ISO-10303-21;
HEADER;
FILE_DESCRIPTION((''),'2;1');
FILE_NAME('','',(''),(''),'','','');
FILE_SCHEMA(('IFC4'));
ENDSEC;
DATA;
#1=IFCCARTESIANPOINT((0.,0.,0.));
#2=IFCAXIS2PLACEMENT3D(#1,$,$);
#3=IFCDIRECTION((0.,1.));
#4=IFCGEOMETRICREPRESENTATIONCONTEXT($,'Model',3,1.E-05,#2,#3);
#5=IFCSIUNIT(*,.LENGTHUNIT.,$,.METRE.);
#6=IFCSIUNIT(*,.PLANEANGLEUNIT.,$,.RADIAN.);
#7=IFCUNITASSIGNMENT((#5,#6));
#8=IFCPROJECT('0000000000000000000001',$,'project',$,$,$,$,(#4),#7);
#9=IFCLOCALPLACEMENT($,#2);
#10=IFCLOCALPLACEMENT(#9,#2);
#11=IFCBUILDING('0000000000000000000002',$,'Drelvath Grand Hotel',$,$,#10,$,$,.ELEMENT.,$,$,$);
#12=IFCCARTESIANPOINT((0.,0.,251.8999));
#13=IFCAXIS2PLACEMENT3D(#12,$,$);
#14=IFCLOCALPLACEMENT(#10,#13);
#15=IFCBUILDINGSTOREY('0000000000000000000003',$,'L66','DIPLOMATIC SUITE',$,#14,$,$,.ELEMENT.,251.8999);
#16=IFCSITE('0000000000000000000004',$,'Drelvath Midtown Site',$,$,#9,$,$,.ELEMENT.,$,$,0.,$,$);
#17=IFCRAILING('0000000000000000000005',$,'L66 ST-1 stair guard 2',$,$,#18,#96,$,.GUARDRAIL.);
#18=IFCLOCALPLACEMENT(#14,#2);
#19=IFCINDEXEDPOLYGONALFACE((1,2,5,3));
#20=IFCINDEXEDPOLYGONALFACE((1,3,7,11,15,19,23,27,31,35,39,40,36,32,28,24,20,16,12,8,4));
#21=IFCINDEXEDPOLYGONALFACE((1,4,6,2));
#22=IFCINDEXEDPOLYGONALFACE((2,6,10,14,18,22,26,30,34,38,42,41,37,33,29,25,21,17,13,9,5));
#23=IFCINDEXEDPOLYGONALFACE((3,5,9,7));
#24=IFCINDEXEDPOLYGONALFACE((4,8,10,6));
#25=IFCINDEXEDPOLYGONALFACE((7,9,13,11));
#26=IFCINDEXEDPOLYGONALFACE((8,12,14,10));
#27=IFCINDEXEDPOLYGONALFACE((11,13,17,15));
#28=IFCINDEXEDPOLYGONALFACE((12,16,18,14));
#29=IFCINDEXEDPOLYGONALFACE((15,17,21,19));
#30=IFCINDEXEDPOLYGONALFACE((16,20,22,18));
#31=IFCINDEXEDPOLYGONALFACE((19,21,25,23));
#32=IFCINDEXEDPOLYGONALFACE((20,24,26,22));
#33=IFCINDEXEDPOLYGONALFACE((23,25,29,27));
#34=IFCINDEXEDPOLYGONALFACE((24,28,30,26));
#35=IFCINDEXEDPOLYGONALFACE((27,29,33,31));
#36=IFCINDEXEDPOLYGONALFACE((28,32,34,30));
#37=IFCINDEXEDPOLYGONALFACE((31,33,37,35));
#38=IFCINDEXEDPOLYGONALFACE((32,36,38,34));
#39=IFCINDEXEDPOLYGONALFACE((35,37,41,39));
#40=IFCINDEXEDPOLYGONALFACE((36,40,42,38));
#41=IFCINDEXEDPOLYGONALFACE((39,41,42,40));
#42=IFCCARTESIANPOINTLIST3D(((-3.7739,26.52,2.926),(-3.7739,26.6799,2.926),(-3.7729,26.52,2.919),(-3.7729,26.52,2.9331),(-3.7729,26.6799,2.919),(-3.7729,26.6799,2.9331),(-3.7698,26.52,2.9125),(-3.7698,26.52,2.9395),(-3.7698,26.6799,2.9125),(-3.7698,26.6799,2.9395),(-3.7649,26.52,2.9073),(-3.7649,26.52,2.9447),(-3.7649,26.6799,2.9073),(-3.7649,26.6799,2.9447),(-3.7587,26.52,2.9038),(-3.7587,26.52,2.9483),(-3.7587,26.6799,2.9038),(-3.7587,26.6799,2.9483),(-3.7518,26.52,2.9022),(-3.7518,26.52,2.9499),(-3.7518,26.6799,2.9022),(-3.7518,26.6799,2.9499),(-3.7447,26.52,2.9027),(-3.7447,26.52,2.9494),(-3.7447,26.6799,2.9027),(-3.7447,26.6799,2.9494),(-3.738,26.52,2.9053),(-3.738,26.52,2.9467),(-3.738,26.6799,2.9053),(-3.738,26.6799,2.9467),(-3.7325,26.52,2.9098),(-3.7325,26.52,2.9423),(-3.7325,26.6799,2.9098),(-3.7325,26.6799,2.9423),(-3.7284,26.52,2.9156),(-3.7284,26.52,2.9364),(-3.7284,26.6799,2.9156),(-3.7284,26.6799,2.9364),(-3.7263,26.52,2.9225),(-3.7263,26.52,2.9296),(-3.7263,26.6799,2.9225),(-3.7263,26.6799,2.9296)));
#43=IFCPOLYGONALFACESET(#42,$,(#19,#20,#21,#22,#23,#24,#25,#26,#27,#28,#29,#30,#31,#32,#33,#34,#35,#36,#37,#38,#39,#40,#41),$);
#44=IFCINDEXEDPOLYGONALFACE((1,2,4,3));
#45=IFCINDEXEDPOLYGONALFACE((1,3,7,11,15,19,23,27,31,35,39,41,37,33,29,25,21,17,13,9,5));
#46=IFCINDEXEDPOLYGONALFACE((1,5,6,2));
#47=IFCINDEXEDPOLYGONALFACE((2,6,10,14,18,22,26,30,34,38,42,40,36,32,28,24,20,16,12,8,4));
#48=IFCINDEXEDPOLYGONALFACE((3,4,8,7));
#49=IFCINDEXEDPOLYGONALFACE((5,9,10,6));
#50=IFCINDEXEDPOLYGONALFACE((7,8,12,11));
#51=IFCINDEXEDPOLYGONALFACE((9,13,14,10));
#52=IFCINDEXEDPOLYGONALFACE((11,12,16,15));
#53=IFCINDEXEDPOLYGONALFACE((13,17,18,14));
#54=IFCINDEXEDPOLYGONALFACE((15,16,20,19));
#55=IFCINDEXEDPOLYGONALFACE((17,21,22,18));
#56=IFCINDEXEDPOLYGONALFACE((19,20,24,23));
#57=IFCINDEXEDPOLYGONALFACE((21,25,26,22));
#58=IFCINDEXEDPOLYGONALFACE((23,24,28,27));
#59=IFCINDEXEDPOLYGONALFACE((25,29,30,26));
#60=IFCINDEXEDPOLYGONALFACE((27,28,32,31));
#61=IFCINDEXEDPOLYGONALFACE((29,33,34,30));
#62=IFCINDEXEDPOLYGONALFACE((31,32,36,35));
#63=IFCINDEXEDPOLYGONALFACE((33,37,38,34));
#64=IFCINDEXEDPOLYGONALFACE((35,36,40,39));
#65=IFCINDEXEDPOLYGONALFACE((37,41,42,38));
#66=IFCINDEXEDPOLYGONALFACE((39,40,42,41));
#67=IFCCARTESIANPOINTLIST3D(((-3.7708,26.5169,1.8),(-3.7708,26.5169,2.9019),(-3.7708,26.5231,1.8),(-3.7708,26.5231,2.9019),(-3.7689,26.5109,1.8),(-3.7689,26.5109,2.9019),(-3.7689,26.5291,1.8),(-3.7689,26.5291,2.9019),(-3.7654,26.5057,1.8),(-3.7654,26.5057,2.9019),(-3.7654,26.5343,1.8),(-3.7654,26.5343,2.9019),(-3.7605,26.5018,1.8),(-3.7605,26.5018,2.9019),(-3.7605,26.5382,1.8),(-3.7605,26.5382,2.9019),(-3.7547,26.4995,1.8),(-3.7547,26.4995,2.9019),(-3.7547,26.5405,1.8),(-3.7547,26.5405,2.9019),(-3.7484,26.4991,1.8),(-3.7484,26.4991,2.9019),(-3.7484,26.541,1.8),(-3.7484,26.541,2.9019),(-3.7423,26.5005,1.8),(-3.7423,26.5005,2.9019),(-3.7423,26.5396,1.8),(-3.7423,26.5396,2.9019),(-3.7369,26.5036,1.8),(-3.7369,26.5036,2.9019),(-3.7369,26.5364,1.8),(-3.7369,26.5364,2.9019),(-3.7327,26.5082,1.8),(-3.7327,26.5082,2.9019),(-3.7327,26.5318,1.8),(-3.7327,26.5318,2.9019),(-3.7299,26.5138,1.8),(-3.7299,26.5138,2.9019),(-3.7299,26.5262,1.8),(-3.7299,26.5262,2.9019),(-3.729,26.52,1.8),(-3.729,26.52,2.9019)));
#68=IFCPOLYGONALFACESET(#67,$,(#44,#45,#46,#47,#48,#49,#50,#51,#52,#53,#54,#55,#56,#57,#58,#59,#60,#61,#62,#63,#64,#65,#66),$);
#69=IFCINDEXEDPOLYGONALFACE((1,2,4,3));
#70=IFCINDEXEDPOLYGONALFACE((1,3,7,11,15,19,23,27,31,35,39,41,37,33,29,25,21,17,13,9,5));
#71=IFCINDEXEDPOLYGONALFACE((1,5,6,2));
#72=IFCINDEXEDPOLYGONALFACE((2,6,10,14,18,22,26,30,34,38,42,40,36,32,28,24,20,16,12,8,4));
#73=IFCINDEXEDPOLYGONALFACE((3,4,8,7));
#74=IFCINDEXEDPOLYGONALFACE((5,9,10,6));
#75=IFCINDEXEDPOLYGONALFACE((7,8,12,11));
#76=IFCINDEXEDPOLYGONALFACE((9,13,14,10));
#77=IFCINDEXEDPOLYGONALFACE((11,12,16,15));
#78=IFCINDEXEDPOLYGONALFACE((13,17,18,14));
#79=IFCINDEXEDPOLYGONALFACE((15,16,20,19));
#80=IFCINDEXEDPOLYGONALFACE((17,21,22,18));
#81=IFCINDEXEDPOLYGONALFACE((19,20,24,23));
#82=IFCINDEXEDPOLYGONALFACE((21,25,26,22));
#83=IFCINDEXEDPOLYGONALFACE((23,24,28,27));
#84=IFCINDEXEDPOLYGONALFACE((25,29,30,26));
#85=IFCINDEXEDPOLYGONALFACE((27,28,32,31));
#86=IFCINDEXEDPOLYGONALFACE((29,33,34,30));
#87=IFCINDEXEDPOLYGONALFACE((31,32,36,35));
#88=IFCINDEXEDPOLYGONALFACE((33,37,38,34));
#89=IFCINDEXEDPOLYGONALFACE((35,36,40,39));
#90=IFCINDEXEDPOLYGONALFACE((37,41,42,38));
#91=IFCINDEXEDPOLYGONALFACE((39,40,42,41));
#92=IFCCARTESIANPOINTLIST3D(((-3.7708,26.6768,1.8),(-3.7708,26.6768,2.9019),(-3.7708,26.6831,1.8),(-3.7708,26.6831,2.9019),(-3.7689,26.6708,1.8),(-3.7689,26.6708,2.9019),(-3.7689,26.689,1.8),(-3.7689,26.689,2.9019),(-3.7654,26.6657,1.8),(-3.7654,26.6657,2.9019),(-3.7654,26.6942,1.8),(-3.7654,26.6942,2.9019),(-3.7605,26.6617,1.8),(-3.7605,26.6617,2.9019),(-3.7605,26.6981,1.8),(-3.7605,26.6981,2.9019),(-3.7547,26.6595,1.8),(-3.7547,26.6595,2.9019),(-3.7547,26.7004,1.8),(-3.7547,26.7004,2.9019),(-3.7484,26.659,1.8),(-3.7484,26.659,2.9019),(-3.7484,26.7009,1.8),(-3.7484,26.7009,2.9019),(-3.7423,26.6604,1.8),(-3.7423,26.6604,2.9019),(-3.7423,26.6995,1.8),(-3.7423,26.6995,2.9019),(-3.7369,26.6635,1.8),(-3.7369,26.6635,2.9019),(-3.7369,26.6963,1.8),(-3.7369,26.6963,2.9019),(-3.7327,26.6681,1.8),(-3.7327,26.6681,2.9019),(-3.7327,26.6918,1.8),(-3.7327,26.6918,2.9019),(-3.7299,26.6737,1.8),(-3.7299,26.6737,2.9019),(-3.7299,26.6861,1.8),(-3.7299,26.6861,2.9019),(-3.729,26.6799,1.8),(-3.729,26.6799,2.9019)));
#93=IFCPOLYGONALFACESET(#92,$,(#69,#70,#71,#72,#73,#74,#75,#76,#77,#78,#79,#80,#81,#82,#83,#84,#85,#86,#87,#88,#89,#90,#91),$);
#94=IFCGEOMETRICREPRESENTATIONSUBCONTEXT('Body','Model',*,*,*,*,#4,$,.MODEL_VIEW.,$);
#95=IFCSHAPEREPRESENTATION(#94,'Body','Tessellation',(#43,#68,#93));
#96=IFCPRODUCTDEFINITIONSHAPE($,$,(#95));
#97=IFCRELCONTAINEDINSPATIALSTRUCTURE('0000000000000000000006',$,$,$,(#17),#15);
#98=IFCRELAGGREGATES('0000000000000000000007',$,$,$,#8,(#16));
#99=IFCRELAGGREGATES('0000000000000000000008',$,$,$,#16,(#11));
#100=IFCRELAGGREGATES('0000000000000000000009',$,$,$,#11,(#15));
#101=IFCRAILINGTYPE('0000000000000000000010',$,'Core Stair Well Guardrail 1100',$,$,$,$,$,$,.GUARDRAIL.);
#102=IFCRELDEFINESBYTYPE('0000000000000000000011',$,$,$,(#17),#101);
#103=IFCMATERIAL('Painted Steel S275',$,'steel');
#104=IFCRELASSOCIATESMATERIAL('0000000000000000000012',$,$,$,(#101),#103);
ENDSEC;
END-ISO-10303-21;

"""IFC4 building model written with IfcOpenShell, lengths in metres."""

from ifc_helpers import new_model, si_unit, direction, frame, origin, origin_2d, place, context, subcontext, project, spatial, circle, extrude, material, type_object, element, save


model = new_model("IFC4")

# Units and contexts
model_context = context("Model", 3, precision=1e-05, world=origin(), true_north=direction((0.0, 1.0)))
body_context = subcontext(model_context, "Body", "Model", "MODEL_VIEW")
ifc_project = project(units=[si_unit("LENGTHUNIT", "METRE"), si_unit("PLANEANGLEUNIT", "RADIAN")], contexts=[model_context])

# Site, building, storey
site_placement = place(None, origin())
site = spatial("IfcSite", under=ifc_project, at=site_placement, Name="Drelvath Midtown Site", CompositionType="ELEMENT", RefElevation=0.0)
building_placement = place(site_placement, origin())
building = spatial("IfcBuilding", under=site, at=building_placement, Name="Drelvath Grand Hotel", CompositionType="ELEMENT")
storey_placement = place(building_placement, frame((0.0, 0.0, 251.8999)))
storey = spatial("IfcBuildingStorey", under=building, at=storey_placement, Name="L66", Description="DIPLOMATIC SUITE", CompositionType="ELEMENT", Elevation=251.8999)

# Shared definitions
ifc_material_1 = material(Name="Painted Steel S275", Category="steel")

# Railing
railing_type_1 = type_object("IfcRailingType", Name="Core Stair Well Guardrail 1100", PredefinedType="GUARDRAIL", material=ifc_material_1)
railing_1_placement = place(storey_placement, frame((-3.75, 26.52, 1.8)))
element("IfcRailing", 1, at=railing_1_placement, inside=storey, type_object=railing_type_1, Name="L66 ST-1 stair guard 2", PredefinedType="GUARDRAIL", context=body_context, shape_type="SweptSolid", body=[
    extrude(circle(Radius=0.0239, at=origin_2d()), frame((0.0, 0.0, 1.126), z_axis=(0.0, 1.0, 0.0), x_axis=(-1.0, 0.0, 0.0)), (0.0, 0.0, 1.0), 0.1599),
    extrude(circle(Radius=0.021, at=origin_2d()), origin(), (0.0, 0.0, 1.0), 1.1018),
    extrude(circle(Radius=0.021, at=origin_2d()), frame((0.0, 0.1599, 0.0)), (0.0, 0.0, 1.0), 1.1018),
])

save(model, "model.ifc")
